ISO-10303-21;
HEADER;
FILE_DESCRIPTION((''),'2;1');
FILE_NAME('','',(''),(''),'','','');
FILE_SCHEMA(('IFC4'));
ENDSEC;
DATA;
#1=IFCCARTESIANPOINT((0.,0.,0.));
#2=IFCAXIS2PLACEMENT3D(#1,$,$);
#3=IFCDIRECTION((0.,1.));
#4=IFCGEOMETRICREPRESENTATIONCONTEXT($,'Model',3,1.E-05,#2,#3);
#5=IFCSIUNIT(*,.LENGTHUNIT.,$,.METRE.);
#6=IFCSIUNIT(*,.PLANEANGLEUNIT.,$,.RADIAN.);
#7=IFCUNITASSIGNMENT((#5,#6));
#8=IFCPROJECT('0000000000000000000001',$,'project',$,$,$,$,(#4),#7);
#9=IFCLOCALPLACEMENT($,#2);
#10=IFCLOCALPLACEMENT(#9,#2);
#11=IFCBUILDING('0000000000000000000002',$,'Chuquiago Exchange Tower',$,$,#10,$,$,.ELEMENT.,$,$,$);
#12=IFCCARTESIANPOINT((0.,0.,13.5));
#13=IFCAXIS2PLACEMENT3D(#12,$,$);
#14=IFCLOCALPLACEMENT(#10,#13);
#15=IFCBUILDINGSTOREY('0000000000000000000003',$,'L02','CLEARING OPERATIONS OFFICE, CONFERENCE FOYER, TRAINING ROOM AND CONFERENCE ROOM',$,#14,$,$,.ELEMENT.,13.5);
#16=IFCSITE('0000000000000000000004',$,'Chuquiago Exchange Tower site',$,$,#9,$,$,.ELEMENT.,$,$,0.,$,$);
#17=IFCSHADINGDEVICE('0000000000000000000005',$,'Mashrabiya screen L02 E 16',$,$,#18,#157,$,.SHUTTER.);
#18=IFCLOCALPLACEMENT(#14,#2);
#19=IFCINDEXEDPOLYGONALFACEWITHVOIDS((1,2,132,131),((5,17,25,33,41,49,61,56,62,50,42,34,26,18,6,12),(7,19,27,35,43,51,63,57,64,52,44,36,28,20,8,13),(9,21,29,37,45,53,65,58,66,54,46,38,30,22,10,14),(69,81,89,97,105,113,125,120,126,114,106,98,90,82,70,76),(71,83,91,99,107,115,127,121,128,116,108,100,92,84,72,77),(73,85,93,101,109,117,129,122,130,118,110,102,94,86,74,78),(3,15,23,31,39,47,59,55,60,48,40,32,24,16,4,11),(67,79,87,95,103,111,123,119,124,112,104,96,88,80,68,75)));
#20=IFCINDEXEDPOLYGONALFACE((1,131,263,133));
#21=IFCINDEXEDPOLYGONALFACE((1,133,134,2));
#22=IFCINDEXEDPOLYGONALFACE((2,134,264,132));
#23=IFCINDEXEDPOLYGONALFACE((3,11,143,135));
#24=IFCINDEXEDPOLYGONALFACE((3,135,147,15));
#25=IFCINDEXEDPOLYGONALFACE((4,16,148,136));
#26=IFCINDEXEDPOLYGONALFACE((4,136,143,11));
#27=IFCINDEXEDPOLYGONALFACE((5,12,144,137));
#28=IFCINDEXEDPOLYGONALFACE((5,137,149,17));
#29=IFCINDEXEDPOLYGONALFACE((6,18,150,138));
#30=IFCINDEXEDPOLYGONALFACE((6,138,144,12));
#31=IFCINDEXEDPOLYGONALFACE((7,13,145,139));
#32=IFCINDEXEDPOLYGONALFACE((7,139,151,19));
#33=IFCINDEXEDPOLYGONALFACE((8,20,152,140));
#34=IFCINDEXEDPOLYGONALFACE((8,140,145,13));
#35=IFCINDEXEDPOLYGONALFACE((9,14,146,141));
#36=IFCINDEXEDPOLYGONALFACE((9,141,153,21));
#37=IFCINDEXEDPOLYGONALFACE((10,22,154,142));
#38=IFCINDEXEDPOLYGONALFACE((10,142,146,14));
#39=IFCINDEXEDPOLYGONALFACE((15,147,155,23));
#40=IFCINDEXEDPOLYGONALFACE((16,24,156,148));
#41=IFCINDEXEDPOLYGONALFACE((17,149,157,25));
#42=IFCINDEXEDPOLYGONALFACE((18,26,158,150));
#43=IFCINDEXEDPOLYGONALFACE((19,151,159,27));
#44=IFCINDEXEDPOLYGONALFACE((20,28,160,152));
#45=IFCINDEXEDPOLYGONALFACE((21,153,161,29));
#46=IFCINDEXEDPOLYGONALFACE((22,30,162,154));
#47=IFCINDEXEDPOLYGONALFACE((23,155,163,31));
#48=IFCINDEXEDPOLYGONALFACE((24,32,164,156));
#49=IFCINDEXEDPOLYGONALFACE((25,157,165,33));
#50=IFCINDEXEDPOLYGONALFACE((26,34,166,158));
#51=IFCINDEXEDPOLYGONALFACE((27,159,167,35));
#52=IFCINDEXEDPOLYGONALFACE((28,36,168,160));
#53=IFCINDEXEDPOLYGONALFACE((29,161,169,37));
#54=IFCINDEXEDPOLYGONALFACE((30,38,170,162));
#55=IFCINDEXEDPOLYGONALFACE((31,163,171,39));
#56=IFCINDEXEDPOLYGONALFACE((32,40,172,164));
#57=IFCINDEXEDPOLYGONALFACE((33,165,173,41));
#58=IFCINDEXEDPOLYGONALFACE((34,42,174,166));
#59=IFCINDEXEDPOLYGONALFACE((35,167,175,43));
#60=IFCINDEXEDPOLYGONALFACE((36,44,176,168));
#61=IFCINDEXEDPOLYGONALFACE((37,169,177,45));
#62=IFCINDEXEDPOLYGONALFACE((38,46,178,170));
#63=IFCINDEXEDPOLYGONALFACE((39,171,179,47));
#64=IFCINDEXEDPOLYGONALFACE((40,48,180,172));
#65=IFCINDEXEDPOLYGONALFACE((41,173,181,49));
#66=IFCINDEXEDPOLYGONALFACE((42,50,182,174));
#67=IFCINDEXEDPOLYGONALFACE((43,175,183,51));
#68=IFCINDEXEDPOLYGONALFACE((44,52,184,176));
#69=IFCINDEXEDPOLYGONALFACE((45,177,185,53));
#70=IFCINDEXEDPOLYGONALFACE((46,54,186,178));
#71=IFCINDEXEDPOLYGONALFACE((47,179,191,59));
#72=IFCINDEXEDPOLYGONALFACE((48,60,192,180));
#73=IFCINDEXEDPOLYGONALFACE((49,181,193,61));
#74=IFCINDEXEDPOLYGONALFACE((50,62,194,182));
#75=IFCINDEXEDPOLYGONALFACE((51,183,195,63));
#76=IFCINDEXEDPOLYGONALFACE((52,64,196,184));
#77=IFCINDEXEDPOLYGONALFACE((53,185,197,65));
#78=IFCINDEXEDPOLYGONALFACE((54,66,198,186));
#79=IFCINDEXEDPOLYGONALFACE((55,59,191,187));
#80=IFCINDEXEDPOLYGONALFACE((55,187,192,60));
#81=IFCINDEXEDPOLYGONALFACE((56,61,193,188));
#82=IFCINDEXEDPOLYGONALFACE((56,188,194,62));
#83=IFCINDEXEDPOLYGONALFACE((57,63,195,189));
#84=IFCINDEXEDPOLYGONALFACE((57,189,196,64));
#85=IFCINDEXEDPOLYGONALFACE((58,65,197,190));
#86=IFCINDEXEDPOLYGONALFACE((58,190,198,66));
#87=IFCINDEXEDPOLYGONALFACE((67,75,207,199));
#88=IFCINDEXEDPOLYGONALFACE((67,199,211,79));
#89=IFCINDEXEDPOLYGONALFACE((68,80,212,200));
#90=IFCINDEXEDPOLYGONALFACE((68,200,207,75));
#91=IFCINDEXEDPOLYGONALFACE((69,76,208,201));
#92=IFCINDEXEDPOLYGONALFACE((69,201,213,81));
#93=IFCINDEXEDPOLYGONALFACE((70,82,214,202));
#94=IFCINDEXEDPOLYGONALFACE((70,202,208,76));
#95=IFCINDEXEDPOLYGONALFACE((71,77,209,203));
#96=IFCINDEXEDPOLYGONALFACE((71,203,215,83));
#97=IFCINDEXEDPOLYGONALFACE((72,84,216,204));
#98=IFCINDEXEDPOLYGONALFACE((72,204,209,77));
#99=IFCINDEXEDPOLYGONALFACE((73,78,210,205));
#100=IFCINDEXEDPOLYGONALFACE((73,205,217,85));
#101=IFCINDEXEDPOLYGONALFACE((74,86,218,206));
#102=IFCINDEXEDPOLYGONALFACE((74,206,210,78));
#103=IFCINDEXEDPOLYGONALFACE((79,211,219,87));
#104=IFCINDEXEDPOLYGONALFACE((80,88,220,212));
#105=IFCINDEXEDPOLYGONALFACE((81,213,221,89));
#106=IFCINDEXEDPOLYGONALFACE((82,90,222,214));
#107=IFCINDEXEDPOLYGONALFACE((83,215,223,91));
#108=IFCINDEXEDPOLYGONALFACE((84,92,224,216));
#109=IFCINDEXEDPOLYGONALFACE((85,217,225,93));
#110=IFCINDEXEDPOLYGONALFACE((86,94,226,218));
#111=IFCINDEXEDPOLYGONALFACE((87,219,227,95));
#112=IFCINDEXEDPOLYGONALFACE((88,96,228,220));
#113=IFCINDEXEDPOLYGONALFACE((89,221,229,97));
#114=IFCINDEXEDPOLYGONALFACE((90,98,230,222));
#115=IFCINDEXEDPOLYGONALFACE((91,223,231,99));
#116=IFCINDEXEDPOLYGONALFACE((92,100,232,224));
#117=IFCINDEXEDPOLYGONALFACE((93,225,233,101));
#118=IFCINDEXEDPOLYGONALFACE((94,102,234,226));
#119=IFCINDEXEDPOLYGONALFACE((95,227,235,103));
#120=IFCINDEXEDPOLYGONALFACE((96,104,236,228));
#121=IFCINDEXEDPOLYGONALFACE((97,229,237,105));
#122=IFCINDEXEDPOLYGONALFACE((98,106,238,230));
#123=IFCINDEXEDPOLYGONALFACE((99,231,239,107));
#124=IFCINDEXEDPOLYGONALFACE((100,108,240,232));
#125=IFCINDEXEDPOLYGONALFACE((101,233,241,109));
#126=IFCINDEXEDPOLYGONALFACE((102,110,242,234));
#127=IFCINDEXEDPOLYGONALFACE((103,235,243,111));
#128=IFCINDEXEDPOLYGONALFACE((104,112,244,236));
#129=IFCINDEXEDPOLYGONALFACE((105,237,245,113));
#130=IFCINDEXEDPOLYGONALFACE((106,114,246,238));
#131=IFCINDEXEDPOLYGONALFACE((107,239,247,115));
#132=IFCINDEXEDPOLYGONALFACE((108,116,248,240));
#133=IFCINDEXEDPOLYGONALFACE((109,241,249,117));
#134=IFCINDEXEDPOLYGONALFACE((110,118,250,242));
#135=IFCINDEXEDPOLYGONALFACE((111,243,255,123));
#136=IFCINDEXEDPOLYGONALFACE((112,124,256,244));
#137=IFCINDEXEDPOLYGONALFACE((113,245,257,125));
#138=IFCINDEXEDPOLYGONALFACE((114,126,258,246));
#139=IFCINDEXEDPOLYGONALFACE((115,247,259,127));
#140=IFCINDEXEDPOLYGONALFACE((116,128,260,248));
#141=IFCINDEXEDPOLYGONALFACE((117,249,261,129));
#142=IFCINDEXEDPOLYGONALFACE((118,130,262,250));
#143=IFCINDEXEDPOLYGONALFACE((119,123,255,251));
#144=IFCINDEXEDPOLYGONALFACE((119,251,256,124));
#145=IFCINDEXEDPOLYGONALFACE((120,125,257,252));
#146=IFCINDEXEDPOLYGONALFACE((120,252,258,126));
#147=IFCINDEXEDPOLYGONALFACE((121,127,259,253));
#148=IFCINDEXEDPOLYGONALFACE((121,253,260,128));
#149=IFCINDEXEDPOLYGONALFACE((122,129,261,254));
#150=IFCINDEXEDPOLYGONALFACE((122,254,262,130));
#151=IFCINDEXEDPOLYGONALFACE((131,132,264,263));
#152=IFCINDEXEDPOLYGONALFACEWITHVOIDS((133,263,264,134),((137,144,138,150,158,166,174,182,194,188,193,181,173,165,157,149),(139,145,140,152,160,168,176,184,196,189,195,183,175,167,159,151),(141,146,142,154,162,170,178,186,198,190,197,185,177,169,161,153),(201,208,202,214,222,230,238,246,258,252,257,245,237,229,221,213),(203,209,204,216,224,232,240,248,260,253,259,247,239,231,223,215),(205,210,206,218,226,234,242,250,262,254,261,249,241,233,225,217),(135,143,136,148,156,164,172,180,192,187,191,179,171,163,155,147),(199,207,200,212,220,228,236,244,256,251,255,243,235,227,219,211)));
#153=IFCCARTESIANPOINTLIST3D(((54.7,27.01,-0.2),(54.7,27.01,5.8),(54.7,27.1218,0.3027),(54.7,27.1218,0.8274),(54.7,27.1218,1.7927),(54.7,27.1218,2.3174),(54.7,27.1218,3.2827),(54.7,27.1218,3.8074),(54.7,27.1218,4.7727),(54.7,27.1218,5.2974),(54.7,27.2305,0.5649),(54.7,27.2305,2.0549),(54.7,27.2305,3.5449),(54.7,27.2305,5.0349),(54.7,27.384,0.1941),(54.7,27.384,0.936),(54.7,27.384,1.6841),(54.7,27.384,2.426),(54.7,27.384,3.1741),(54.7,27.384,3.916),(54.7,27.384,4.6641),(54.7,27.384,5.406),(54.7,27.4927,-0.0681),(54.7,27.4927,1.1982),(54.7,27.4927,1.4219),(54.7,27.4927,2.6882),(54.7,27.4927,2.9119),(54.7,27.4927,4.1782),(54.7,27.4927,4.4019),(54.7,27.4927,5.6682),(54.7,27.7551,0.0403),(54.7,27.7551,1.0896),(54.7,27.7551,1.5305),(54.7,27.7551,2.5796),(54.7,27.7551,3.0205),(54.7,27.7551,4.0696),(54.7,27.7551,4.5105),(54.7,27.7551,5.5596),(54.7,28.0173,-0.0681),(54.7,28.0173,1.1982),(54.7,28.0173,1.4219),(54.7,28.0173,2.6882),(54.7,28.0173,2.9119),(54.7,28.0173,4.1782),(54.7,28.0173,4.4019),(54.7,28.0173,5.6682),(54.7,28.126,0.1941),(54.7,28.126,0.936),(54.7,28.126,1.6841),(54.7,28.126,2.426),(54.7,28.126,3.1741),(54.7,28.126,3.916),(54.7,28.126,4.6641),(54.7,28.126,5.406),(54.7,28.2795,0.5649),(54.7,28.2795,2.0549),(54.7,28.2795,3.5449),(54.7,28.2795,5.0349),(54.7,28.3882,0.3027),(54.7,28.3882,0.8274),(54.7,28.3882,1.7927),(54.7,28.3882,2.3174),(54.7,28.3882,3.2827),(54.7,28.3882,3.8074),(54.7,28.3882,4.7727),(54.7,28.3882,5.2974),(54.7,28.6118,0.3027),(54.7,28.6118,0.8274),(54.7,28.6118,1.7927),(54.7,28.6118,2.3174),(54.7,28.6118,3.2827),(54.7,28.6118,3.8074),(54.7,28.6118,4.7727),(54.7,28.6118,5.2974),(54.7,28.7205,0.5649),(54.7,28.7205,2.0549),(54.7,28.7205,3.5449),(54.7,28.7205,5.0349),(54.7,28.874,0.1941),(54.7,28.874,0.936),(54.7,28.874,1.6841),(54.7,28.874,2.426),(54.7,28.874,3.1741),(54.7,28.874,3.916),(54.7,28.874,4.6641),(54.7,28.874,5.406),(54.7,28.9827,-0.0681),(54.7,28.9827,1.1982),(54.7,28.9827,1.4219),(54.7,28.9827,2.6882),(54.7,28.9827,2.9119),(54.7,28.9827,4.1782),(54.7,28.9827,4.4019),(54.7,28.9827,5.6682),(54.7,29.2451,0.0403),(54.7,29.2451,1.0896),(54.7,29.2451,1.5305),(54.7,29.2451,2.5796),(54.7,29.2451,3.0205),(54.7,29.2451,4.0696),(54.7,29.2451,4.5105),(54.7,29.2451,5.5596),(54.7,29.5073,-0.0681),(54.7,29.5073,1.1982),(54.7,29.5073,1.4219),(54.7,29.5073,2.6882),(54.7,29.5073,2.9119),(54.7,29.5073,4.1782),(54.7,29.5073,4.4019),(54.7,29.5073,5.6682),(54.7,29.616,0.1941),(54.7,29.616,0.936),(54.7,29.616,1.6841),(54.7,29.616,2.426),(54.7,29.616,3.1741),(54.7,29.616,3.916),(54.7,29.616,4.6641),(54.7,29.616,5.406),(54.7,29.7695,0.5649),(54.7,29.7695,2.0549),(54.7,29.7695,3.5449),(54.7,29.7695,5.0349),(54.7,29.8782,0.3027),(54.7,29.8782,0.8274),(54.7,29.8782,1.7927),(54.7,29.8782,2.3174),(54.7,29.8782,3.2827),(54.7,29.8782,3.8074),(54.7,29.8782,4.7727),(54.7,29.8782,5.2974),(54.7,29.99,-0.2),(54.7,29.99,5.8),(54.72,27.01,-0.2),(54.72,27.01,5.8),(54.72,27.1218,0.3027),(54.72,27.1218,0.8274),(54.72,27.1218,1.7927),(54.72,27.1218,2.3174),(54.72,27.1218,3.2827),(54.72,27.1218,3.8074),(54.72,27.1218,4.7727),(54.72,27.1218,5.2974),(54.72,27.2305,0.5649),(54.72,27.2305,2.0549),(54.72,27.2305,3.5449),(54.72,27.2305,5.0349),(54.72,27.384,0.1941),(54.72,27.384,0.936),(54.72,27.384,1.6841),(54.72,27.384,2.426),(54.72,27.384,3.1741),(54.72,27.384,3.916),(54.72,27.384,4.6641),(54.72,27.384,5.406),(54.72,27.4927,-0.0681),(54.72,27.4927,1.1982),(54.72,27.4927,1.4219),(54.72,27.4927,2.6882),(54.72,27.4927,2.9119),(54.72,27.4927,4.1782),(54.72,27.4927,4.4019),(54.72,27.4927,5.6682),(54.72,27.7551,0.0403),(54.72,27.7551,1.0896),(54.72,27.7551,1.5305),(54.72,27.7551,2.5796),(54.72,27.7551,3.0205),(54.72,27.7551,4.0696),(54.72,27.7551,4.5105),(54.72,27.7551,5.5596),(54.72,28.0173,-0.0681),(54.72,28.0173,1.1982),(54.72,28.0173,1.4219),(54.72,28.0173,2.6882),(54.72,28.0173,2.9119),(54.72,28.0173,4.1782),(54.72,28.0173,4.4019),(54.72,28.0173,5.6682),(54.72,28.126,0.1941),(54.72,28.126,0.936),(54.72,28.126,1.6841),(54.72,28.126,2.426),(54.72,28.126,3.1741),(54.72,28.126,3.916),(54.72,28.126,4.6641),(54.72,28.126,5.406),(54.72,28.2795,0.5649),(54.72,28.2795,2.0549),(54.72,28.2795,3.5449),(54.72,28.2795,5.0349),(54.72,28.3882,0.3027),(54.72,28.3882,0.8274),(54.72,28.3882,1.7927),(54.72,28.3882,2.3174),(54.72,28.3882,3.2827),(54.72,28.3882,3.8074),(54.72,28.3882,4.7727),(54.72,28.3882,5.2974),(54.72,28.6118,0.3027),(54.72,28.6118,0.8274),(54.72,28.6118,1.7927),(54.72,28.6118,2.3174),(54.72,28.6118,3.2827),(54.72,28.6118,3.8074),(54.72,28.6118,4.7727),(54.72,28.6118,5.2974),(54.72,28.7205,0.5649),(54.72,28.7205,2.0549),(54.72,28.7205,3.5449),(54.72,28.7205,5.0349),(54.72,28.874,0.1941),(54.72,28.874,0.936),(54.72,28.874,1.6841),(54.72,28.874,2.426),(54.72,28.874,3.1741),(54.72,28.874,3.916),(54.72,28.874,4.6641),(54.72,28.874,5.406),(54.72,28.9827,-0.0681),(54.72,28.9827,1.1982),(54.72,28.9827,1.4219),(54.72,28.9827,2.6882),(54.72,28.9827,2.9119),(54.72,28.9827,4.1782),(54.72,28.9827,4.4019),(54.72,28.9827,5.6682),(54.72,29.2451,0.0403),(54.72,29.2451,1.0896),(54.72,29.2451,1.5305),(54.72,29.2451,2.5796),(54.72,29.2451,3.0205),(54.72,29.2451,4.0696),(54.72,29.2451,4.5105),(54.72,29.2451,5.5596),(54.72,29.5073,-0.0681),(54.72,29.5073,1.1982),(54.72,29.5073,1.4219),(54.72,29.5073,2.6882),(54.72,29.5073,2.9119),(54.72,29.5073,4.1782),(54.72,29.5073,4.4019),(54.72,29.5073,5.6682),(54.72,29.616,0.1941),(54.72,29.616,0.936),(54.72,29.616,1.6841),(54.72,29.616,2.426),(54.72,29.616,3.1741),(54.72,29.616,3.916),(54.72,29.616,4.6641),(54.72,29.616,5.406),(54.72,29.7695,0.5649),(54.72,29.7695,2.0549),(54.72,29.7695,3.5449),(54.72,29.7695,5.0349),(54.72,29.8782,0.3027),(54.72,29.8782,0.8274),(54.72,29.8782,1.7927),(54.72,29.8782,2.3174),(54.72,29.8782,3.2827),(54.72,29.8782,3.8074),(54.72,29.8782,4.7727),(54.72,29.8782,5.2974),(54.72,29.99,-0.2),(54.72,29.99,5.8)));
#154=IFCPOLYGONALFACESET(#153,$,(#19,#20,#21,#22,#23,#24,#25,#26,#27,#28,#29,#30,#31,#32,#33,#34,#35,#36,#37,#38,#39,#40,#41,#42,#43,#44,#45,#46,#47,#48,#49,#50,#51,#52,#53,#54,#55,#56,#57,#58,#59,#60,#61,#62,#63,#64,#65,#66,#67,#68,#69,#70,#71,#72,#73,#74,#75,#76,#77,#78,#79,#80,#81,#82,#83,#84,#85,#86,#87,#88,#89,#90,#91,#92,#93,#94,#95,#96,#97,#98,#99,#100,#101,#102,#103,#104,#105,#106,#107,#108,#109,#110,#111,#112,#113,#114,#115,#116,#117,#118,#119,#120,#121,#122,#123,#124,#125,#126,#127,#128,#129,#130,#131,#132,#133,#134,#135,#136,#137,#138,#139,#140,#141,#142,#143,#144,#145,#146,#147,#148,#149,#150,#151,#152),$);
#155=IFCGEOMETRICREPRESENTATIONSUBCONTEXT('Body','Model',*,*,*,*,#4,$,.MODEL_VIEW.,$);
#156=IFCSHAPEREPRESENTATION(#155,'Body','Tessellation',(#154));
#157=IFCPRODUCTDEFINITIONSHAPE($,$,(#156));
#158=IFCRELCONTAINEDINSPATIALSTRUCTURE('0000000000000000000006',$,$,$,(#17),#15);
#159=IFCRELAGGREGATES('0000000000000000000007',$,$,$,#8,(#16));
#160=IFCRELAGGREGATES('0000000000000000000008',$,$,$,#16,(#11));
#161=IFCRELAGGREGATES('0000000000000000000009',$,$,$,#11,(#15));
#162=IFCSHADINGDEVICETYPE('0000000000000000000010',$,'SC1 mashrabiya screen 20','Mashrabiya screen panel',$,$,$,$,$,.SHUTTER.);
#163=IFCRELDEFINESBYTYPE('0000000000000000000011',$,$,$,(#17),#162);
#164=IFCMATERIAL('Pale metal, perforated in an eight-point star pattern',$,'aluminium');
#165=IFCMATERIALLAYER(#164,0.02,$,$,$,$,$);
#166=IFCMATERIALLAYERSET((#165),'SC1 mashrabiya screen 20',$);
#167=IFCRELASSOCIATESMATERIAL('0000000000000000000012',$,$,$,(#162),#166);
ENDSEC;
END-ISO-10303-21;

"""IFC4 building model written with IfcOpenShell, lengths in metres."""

from ifc_helpers import new_model, si_unit, direction, frame, origin, place, context, subcontext, project, spatial, polyline, outline, extrude, material, layer, layer_set, type_object, element, save


model = new_model("IFC4")

# Units and contexts
model_context = context("Model", 3, precision=1e-05, world=origin(), true_north=direction((0.0, 1.0)))
body_context = subcontext(model_context, "Body", "Model", "MODEL_VIEW")
ifc_project = project(units=[si_unit("LENGTHUNIT", "METRE"), si_unit("PLANEANGLEUNIT", "RADIAN")], contexts=[model_context])

# Site, building, storey
site_placement = place(None, origin())
site = spatial("IfcSite", under=ifc_project, at=site_placement, Name="Chuquiago Exchange Tower site", CompositionType="ELEMENT", RefElevation=0.0)
building_placement = place(site_placement, origin())
building = spatial("IfcBuilding", under=site, at=building_placement, Name="Chuquiago Exchange Tower", CompositionType="ELEMENT")
storey_placement = place(building_placement, frame((0.0, 0.0, 13.5)))
storey = spatial("IfcBuildingStorey", under=building, at=storey_placement, Name="L02", Description="CLEARING OPERATIONS OFFICE, CONFERENCE FOYER, TRAINING ROOM AND CONFERENCE ROOM", CompositionType="ELEMENT", Elevation=13.5)

# Shading device
ifc_material_1 = material(Name="Pale metal, perforated in an eight-point star pattern", Category="aluminium")
ifc_layer_1 = layer(ifc_material_1, 0.02)
ifc_layer_set_1 = layer_set([ifc_layer_1], Name="SC1 mashrabiya screen 20")
shading_device_type = type_object("IfcShadingDeviceType", Name="SC1 mashrabiya screen 20", Description="Mashrabiya screen panel", PredefinedType="SHUTTER", material=ifc_layer_set_1)
shading_device_1_placement = place(storey_placement, frame((54.7, 27.01, -0.2), z_axis=(0.0, 0.0, 1.0), x_axis=(0.0, 1.0, 0.0)))
element("IfcShadingDevice", 1, at=shading_device_1_placement, inside=storey, type_object=shading_device_type, Name="Mashrabiya screen L02 E 16", PredefinedType="SHUTTER", context=body_context, shape_type="SweptSolid", body=[
    extrude(outline(polyline([(0.0, 0.0), (2.98, 0.0), (2.98, 6.0), (0.0, 6.0), (0.0, 0.0)]), holes=[polyline([(1.2695, 0.7649), (1.3782, 1.0273), (1.116, 1.136), (1.0073, 1.3982), (0.7451, 1.2896), (0.4827, 1.3982), (0.374, 1.136), (0.1118, 1.0273), (0.2205, 0.7649), (0.1118, 0.5027), (0.374, 0.394), (0.4827, 0.1318), (0.7451, 0.2402), (1.0073, 0.1318), (1.116, 0.394), (1.3782, 0.5027), (1.2695, 0.7649)]), polyline([(2.7595, 0.7649), (2.8682, 1.0273), (2.606, 1.136), (2.4973, 1.3982), (2.2351, 1.2896), (1.9727, 1.3982), (1.864, 1.136), (1.6018, 1.0273), (1.7104, 0.7649), (1.6018, 0.5027), (1.864, 0.394), (1.9727, 0.1318), (2.2351, 0.2402), (2.4973, 0.1318), (2.606, 0.394), (2.8682, 0.5027), (2.7595, 0.7649)]), polyline([(1.2695, 2.2549), (1.3782, 2.5173), (1.116, 2.626), (1.0073, 2.8882), (0.7451, 2.7795), (0.4827, 2.8882), (0.374, 2.626), (0.1118, 2.5173), (0.2205, 2.2549), (0.1118, 1.9927), (0.374, 1.884), (0.4827, 1.6218), (0.7451, 1.7305), (1.0073, 1.6218), (1.116, 1.884), (1.3782, 1.9927), (1.2695, 2.2549)]), polyline([(2.7595, 2.2549), (2.8682, 2.5173), (2.606, 2.626), (2.4973, 2.8882), (2.2351, 2.7795), (1.9727, 2.8882), (1.864, 2.626), (1.6018, 2.5173), (1.7104, 2.2549), (1.6018, 1.9927), (1.864, 1.884), (1.9727, 1.6218), (2.2351, 1.7305), (2.4973, 1.6218), (2.606, 1.884), (2.8682, 1.9927), (2.7595, 2.2549)]), polyline([(1.2695, 3.7449), (1.3782, 4.0073), (1.116, 4.116), (1.0073, 4.3782), (0.7451, 4.2695), (0.4827, 4.3782), (0.374, 4.116), (0.1118, 4.0073), (0.2205, 3.7449), (0.1118, 3.4827), (0.374, 3.374), (0.4827, 3.1118), (0.7451, 3.2205), (1.0073, 3.1118), (1.116, 3.374), (1.3782, 3.4827), (1.2695, 3.7449)]), polyline([(2.7595, 3.7449), (2.8682, 4.0073), (2.606, 4.116), (2.4973, 4.3782), (2.2351, 4.2695), (1.9727, 4.3782), (1.864, 4.116), (1.6018, 4.0073), (1.7104, 3.7449), (1.6018, 3.4827), (1.864, 3.374), (1.9727, 3.1118), (2.2351, 3.2205), (2.4973, 3.1118), (2.606, 3.374), (2.8682, 3.4827), (2.7595, 3.7449)]), polyline([(1.2695, 5.2349), (1.3782, 5.4973), (1.116, 5.606), (1.0073, 5.8682), (0.7451, 5.7595), (0.4827, 5.8682), (0.374, 5.606), (0.1118, 5.4973), (0.2205, 5.2349), (0.1118, 4.9727), (0.374, 4.864), (0.4827, 4.6018), (0.7451, 4.7104), (1.0073, 4.6018), (1.116, 4.864), (1.3782, 4.9727), (1.2695, 5.2349)]), polyline([(2.7595, 5.2349), (2.8682, 5.4973), (2.606, 5.606), (2.4973, 5.8682), (2.2351, 5.7595), (1.9727, 5.8682), (1.864, 5.606), (1.6018, 5.4973), (1.7104, 5.2349), (1.6018, 4.9727), (1.864, 4.864), (1.9727, 4.6018), (2.2351, 4.7104), (2.4973, 4.6018), (2.606, 4.864), (2.8682, 4.9727), (2.7595, 5.2349)])]), frame((0.0, 0.0, 0.0), z_axis=(0.0, -1.0, 0.0), x_axis=(1.0, 0.0, 0.0)), (0.0, 0.0, 1.0), 0.02),
])

save(model, "model.ifc")
